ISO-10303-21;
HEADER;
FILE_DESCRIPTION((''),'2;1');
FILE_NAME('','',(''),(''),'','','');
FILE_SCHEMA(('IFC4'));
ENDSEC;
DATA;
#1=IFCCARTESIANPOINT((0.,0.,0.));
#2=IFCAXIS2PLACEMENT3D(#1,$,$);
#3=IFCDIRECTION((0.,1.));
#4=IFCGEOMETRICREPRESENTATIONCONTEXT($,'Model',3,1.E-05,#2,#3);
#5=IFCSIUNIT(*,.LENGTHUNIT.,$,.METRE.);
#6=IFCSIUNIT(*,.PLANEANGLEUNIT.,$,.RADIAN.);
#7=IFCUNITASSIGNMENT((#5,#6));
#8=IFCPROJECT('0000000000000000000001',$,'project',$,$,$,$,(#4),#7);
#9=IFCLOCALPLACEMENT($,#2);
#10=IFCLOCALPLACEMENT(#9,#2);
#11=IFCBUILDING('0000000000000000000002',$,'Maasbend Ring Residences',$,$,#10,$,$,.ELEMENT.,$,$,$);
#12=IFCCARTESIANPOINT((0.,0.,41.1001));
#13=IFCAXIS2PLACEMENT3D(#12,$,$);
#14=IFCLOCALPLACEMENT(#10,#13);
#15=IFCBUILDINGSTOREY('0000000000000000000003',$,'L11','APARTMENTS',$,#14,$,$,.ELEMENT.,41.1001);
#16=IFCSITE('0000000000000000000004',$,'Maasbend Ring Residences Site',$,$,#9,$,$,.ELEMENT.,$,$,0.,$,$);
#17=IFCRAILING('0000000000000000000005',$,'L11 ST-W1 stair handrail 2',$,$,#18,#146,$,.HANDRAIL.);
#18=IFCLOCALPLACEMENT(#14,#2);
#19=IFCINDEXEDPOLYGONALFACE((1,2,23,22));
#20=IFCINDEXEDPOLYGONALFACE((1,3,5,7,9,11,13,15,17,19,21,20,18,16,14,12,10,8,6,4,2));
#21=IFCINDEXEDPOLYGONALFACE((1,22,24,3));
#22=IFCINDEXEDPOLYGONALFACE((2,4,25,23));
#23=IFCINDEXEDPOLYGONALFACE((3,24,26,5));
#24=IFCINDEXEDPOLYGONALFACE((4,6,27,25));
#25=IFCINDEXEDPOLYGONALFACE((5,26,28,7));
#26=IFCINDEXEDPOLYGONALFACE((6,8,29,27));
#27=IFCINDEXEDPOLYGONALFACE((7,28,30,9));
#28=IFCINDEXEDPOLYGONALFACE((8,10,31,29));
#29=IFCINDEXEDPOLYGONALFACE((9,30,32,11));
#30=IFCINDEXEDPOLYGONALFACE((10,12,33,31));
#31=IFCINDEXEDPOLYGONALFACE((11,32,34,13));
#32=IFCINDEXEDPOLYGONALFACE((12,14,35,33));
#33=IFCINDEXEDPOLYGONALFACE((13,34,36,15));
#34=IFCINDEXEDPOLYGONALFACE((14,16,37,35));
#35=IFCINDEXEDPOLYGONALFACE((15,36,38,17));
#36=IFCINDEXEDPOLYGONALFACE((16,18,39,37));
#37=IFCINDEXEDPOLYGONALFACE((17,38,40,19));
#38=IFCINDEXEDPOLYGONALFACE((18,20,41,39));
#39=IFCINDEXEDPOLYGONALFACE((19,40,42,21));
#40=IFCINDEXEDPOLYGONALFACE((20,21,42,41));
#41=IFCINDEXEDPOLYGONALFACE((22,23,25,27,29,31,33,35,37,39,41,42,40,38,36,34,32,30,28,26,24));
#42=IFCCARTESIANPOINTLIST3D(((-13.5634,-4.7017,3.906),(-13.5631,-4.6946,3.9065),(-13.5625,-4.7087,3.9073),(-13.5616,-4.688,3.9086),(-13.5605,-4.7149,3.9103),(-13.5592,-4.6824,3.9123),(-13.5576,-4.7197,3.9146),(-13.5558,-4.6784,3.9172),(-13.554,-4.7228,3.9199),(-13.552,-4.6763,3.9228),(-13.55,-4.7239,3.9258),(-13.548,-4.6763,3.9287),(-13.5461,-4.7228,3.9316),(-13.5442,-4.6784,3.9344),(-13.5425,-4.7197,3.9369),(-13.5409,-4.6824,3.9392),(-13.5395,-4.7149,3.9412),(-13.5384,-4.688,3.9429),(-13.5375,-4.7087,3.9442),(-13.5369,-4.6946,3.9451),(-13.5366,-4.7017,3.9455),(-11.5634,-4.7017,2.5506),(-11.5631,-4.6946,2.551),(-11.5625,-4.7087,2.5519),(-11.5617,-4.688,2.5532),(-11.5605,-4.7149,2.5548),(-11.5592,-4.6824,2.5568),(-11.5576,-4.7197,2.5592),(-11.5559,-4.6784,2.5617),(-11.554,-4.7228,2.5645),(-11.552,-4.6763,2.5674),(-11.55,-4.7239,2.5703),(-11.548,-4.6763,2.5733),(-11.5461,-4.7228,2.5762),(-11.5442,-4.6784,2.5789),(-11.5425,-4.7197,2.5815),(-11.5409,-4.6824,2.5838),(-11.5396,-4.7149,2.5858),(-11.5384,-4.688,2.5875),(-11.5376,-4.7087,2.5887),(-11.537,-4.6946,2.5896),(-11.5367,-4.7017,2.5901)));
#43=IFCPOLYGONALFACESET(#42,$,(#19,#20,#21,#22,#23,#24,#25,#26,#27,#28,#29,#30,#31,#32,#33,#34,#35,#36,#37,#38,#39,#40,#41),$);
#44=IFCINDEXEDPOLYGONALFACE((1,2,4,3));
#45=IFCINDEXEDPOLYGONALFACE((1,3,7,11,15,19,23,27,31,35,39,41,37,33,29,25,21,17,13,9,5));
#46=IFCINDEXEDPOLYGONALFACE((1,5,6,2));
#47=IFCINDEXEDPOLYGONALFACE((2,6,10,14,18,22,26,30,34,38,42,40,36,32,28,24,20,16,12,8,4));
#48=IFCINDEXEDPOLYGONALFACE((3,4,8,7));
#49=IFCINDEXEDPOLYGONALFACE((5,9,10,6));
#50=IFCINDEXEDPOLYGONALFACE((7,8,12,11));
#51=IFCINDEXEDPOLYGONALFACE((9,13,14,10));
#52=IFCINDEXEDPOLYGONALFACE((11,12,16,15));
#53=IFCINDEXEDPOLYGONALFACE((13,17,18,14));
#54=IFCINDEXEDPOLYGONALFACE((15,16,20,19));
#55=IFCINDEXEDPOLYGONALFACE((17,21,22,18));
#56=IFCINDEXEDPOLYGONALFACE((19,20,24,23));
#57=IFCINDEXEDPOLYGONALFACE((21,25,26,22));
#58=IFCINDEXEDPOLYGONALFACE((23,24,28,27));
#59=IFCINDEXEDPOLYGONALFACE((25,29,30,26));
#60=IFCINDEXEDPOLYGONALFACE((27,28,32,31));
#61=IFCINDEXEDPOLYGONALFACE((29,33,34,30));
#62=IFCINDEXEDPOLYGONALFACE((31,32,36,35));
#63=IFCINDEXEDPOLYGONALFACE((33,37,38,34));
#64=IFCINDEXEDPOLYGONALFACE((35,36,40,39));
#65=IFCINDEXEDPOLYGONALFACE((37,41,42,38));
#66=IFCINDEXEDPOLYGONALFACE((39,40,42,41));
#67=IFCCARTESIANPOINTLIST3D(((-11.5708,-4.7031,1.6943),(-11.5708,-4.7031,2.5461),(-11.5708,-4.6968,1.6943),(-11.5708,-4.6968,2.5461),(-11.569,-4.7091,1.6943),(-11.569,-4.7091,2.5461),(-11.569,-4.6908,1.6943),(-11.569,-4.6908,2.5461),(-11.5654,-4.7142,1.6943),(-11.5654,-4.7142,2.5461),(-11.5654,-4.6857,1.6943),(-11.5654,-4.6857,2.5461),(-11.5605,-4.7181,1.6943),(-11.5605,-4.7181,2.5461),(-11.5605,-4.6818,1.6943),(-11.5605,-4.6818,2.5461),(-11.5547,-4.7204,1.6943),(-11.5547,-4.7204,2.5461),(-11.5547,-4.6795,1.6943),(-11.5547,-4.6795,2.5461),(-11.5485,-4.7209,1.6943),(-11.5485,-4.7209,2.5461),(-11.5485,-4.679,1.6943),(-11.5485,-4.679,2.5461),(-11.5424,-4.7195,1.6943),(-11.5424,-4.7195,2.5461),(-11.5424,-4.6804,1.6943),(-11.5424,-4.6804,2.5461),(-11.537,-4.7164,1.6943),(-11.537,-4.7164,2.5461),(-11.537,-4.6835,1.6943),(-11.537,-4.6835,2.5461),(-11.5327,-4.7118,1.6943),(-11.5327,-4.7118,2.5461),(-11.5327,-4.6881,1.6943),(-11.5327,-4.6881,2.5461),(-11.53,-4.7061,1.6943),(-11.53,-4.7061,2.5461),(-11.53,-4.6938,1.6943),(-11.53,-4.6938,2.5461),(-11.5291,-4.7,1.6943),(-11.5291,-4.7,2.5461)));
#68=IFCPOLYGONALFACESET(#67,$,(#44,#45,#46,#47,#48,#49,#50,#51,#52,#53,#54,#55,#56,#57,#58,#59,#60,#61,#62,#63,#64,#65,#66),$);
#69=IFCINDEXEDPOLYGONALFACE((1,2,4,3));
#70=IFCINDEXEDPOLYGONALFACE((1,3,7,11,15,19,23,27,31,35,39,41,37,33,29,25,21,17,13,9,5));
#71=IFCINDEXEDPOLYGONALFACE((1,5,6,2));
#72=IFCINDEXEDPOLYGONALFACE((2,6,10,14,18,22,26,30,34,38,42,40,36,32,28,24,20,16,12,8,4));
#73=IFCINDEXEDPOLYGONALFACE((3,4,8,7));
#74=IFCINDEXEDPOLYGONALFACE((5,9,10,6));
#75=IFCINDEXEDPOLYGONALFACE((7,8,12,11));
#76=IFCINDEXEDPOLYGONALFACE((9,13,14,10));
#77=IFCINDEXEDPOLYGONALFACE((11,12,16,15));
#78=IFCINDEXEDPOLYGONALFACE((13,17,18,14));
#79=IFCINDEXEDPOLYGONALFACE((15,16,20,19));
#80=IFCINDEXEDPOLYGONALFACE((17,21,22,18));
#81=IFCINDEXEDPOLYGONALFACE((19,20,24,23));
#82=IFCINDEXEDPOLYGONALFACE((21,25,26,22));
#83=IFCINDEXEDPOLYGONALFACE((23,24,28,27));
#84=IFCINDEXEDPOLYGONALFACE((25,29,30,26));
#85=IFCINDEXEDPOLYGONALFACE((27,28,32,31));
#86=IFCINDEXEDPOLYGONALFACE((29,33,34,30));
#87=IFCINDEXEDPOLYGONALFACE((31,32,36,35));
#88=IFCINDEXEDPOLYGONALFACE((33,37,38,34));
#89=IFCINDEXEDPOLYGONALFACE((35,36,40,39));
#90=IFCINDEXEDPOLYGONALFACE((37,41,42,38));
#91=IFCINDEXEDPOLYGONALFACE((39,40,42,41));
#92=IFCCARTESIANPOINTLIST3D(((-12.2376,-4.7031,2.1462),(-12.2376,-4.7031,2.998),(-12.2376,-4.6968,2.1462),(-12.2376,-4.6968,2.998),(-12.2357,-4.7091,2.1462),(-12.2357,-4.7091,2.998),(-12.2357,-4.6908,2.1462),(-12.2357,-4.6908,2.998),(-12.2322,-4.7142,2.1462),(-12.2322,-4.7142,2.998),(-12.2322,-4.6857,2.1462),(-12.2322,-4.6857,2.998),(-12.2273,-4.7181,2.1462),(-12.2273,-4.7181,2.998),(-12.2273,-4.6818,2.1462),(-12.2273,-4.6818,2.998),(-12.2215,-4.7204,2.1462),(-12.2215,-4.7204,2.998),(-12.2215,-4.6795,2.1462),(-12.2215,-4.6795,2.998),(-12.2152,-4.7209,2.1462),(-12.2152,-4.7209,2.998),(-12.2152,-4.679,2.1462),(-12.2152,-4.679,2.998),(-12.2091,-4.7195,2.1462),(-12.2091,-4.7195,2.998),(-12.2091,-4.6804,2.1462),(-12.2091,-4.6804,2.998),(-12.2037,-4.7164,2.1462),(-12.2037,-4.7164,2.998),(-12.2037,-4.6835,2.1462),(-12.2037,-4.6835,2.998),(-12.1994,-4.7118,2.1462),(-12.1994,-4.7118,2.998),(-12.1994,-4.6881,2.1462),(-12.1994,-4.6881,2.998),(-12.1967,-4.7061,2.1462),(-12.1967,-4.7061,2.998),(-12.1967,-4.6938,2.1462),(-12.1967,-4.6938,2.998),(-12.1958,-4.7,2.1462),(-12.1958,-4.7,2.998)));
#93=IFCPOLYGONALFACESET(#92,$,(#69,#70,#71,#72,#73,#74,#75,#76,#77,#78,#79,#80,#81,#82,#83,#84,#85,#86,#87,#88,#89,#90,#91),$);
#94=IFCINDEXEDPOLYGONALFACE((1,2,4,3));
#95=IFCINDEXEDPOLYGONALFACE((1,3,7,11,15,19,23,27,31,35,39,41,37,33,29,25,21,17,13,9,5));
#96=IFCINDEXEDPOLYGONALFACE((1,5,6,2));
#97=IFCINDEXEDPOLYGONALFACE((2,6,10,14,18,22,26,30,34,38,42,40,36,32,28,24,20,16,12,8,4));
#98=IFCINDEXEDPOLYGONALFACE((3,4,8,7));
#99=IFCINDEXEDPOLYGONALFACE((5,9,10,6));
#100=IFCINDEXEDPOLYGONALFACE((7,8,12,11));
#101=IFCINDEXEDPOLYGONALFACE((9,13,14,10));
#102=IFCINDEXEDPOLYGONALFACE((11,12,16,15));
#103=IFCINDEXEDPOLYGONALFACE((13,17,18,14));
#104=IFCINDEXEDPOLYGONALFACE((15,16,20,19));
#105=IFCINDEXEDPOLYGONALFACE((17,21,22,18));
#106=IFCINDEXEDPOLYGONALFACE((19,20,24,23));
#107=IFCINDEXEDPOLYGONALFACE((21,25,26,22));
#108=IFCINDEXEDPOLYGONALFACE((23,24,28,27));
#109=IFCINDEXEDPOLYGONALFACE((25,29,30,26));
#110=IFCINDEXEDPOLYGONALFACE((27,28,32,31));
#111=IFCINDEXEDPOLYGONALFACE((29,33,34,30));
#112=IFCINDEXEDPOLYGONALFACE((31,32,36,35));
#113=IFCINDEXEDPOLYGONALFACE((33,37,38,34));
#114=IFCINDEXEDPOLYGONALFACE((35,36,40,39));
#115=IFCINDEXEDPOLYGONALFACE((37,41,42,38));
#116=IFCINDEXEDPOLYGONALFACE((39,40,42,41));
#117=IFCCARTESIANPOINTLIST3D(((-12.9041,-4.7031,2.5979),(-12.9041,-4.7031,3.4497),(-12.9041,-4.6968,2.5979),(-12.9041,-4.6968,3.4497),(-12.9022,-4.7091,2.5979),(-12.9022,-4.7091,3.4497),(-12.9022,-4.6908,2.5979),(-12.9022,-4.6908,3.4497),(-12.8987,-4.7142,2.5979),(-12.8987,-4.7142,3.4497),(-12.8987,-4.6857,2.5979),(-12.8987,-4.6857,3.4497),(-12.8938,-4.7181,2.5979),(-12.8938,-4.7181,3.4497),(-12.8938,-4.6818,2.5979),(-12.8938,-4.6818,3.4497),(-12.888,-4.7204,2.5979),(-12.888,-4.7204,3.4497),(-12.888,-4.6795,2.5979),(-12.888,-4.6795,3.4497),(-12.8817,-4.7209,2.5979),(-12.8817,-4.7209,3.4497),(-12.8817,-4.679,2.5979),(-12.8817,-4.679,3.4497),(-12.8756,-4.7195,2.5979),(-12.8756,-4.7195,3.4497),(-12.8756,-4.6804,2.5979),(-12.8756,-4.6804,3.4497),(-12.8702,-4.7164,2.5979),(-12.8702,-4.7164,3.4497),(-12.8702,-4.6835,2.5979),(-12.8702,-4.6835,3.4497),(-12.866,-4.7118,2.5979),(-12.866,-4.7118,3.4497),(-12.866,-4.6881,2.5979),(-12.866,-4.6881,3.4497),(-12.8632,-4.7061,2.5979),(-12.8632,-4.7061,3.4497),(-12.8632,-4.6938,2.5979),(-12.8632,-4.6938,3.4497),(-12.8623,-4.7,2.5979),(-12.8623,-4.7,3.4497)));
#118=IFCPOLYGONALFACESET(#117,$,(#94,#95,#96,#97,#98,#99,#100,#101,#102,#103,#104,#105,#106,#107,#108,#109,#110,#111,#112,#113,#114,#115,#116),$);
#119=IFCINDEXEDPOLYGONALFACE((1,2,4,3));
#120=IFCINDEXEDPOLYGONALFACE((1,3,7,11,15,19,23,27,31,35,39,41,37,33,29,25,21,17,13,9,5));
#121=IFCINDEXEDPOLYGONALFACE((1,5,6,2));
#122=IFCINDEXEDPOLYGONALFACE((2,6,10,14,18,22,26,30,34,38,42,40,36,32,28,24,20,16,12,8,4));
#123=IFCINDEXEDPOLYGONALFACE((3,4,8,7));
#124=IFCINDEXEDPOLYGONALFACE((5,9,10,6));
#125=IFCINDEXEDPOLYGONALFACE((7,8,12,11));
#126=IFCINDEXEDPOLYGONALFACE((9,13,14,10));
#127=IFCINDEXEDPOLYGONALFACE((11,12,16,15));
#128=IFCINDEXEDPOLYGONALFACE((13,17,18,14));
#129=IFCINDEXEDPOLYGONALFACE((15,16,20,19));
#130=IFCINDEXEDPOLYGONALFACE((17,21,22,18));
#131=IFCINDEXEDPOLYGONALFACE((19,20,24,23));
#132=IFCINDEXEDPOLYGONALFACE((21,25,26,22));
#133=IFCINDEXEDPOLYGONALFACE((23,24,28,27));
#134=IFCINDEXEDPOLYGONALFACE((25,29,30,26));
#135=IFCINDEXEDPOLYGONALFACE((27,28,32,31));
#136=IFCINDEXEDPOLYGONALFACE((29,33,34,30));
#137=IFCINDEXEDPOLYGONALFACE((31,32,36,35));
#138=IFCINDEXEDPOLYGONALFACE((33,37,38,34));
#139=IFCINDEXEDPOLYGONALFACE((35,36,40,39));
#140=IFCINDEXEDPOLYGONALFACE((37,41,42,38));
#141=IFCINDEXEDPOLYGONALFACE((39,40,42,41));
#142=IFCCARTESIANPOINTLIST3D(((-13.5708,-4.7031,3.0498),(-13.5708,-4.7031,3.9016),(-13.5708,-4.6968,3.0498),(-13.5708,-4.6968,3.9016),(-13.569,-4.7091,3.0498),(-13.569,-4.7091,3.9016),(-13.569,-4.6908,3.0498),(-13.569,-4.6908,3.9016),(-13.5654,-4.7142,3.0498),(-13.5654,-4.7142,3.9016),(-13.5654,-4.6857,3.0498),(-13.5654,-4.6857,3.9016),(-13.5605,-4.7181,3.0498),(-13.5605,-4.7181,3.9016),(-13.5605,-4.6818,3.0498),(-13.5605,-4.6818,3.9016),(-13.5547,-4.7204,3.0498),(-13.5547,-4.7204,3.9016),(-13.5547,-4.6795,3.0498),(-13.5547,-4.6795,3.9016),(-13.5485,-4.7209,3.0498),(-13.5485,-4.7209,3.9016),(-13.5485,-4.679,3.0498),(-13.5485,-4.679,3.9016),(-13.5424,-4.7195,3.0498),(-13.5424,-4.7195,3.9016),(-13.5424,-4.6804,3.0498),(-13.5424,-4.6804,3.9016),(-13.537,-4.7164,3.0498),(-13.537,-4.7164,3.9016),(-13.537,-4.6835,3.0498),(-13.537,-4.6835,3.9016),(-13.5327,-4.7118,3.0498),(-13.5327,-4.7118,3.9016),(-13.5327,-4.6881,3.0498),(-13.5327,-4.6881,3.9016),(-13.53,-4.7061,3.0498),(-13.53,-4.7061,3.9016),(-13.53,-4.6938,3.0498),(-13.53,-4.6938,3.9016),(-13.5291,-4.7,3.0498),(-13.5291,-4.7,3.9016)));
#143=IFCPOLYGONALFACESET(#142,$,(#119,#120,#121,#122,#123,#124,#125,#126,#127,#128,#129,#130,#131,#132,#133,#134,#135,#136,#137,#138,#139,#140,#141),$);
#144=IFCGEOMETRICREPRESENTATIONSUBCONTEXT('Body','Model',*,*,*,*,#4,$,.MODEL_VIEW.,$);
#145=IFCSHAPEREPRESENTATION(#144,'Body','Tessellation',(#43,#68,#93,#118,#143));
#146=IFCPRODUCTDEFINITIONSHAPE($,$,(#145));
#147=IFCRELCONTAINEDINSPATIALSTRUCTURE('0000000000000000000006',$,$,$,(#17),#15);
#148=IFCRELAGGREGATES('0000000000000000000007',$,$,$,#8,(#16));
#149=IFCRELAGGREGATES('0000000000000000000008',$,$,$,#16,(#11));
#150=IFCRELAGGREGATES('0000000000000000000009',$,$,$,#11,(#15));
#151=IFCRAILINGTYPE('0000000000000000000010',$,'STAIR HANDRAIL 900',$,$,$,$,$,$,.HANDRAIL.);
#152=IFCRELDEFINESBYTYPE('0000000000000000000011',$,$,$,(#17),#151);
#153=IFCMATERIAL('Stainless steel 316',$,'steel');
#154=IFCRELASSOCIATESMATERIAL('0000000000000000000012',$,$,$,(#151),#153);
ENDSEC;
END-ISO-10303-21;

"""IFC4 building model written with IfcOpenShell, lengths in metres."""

from ifc_helpers import new_model, si_unit, direction, frame, origin, origin_2d, place, context, subcontext, project, spatial, circle, extrude, material, type_object, element, save


model = new_model("IFC4")

# Units and contexts
model_context = context("Model", 3, precision=1e-05, world=origin(), true_north=direction((0.0, 1.0)))
body_context = subcontext(model_context, "Body", "Model", "MODEL_VIEW")
ifc_project = project(units=[si_unit("LENGTHUNIT", "METRE"), si_unit("PLANEANGLEUNIT", "RADIAN")], contexts=[model_context])

# Site, building, storey
site_placement = place(None, origin())
site = spatial("IfcSite", under=ifc_project, at=site_placement, Name="Maasbend Ring Residences Site", CompositionType="ELEMENT", RefElevation=0.0)
building_placement = place(site_placement, origin())
building = spatial("IfcBuilding", under=site, at=building_placement, Name="Maasbend Ring Residences", CompositionType="ELEMENT")
storey_placement = place(building_placement, frame((0.0, 0.0, 41.1001)))
storey = spatial("IfcBuildingStorey", under=building, at=storey_placement, Name="L11", Description="APARTMENTS", CompositionType="ELEMENT", Elevation=41.1001)

# Railing
ifc_material_1 = material(Name="Stainless steel 316", Category="steel")
railing_type_1 = type_object("IfcRailingType", Name="STAIR HANDRAIL 900", PredefinedType="HANDRAIL", material=ifc_material_1)
railing_1_placement = place(storey_placement, frame((-11.55, -4.7, 1.6943)))
element("IfcRailing", 1, at=railing_1_placement, inside=storey, type_object=railing_type_1, Name="L11 ST-W1 stair handrail 2", PredefinedType="HANDRAIL", context=body_context, shape_type="SweptSolid", body=[
    extrude(circle(Radius=0.0239, at=origin_2d()), frame((0.0, 0.0, 0.876), z_axis=(-0.827798, 0.0, 0.561027), x_axis=(0.0, -1.0, 0.0)), (0.0, 0.0, 1.0), 2.416),
    extrude(circle(Radius=0.021, at=origin_2d()), origin(), (0.0, 0.0, 1.0), 0.8518),
    extrude(circle(Radius=0.021, at=origin_2d()), frame((-0.6667, 0.0, 0.4519)), (0.0, 0.0, 1.0), 0.8518),
    extrude(circle(Radius=0.021, at=origin_2d()), frame((-1.3333, 0.0, 0.9036)), (0.0, 0.0, 1.0), 0.8518),
    extrude(circle(Radius=0.021, at=origin_2d()), frame((-2.0, 0.0, 1.3555)), (0.0, 0.0, 1.0), 0.8518),
])

save(model, "model.ifc")
